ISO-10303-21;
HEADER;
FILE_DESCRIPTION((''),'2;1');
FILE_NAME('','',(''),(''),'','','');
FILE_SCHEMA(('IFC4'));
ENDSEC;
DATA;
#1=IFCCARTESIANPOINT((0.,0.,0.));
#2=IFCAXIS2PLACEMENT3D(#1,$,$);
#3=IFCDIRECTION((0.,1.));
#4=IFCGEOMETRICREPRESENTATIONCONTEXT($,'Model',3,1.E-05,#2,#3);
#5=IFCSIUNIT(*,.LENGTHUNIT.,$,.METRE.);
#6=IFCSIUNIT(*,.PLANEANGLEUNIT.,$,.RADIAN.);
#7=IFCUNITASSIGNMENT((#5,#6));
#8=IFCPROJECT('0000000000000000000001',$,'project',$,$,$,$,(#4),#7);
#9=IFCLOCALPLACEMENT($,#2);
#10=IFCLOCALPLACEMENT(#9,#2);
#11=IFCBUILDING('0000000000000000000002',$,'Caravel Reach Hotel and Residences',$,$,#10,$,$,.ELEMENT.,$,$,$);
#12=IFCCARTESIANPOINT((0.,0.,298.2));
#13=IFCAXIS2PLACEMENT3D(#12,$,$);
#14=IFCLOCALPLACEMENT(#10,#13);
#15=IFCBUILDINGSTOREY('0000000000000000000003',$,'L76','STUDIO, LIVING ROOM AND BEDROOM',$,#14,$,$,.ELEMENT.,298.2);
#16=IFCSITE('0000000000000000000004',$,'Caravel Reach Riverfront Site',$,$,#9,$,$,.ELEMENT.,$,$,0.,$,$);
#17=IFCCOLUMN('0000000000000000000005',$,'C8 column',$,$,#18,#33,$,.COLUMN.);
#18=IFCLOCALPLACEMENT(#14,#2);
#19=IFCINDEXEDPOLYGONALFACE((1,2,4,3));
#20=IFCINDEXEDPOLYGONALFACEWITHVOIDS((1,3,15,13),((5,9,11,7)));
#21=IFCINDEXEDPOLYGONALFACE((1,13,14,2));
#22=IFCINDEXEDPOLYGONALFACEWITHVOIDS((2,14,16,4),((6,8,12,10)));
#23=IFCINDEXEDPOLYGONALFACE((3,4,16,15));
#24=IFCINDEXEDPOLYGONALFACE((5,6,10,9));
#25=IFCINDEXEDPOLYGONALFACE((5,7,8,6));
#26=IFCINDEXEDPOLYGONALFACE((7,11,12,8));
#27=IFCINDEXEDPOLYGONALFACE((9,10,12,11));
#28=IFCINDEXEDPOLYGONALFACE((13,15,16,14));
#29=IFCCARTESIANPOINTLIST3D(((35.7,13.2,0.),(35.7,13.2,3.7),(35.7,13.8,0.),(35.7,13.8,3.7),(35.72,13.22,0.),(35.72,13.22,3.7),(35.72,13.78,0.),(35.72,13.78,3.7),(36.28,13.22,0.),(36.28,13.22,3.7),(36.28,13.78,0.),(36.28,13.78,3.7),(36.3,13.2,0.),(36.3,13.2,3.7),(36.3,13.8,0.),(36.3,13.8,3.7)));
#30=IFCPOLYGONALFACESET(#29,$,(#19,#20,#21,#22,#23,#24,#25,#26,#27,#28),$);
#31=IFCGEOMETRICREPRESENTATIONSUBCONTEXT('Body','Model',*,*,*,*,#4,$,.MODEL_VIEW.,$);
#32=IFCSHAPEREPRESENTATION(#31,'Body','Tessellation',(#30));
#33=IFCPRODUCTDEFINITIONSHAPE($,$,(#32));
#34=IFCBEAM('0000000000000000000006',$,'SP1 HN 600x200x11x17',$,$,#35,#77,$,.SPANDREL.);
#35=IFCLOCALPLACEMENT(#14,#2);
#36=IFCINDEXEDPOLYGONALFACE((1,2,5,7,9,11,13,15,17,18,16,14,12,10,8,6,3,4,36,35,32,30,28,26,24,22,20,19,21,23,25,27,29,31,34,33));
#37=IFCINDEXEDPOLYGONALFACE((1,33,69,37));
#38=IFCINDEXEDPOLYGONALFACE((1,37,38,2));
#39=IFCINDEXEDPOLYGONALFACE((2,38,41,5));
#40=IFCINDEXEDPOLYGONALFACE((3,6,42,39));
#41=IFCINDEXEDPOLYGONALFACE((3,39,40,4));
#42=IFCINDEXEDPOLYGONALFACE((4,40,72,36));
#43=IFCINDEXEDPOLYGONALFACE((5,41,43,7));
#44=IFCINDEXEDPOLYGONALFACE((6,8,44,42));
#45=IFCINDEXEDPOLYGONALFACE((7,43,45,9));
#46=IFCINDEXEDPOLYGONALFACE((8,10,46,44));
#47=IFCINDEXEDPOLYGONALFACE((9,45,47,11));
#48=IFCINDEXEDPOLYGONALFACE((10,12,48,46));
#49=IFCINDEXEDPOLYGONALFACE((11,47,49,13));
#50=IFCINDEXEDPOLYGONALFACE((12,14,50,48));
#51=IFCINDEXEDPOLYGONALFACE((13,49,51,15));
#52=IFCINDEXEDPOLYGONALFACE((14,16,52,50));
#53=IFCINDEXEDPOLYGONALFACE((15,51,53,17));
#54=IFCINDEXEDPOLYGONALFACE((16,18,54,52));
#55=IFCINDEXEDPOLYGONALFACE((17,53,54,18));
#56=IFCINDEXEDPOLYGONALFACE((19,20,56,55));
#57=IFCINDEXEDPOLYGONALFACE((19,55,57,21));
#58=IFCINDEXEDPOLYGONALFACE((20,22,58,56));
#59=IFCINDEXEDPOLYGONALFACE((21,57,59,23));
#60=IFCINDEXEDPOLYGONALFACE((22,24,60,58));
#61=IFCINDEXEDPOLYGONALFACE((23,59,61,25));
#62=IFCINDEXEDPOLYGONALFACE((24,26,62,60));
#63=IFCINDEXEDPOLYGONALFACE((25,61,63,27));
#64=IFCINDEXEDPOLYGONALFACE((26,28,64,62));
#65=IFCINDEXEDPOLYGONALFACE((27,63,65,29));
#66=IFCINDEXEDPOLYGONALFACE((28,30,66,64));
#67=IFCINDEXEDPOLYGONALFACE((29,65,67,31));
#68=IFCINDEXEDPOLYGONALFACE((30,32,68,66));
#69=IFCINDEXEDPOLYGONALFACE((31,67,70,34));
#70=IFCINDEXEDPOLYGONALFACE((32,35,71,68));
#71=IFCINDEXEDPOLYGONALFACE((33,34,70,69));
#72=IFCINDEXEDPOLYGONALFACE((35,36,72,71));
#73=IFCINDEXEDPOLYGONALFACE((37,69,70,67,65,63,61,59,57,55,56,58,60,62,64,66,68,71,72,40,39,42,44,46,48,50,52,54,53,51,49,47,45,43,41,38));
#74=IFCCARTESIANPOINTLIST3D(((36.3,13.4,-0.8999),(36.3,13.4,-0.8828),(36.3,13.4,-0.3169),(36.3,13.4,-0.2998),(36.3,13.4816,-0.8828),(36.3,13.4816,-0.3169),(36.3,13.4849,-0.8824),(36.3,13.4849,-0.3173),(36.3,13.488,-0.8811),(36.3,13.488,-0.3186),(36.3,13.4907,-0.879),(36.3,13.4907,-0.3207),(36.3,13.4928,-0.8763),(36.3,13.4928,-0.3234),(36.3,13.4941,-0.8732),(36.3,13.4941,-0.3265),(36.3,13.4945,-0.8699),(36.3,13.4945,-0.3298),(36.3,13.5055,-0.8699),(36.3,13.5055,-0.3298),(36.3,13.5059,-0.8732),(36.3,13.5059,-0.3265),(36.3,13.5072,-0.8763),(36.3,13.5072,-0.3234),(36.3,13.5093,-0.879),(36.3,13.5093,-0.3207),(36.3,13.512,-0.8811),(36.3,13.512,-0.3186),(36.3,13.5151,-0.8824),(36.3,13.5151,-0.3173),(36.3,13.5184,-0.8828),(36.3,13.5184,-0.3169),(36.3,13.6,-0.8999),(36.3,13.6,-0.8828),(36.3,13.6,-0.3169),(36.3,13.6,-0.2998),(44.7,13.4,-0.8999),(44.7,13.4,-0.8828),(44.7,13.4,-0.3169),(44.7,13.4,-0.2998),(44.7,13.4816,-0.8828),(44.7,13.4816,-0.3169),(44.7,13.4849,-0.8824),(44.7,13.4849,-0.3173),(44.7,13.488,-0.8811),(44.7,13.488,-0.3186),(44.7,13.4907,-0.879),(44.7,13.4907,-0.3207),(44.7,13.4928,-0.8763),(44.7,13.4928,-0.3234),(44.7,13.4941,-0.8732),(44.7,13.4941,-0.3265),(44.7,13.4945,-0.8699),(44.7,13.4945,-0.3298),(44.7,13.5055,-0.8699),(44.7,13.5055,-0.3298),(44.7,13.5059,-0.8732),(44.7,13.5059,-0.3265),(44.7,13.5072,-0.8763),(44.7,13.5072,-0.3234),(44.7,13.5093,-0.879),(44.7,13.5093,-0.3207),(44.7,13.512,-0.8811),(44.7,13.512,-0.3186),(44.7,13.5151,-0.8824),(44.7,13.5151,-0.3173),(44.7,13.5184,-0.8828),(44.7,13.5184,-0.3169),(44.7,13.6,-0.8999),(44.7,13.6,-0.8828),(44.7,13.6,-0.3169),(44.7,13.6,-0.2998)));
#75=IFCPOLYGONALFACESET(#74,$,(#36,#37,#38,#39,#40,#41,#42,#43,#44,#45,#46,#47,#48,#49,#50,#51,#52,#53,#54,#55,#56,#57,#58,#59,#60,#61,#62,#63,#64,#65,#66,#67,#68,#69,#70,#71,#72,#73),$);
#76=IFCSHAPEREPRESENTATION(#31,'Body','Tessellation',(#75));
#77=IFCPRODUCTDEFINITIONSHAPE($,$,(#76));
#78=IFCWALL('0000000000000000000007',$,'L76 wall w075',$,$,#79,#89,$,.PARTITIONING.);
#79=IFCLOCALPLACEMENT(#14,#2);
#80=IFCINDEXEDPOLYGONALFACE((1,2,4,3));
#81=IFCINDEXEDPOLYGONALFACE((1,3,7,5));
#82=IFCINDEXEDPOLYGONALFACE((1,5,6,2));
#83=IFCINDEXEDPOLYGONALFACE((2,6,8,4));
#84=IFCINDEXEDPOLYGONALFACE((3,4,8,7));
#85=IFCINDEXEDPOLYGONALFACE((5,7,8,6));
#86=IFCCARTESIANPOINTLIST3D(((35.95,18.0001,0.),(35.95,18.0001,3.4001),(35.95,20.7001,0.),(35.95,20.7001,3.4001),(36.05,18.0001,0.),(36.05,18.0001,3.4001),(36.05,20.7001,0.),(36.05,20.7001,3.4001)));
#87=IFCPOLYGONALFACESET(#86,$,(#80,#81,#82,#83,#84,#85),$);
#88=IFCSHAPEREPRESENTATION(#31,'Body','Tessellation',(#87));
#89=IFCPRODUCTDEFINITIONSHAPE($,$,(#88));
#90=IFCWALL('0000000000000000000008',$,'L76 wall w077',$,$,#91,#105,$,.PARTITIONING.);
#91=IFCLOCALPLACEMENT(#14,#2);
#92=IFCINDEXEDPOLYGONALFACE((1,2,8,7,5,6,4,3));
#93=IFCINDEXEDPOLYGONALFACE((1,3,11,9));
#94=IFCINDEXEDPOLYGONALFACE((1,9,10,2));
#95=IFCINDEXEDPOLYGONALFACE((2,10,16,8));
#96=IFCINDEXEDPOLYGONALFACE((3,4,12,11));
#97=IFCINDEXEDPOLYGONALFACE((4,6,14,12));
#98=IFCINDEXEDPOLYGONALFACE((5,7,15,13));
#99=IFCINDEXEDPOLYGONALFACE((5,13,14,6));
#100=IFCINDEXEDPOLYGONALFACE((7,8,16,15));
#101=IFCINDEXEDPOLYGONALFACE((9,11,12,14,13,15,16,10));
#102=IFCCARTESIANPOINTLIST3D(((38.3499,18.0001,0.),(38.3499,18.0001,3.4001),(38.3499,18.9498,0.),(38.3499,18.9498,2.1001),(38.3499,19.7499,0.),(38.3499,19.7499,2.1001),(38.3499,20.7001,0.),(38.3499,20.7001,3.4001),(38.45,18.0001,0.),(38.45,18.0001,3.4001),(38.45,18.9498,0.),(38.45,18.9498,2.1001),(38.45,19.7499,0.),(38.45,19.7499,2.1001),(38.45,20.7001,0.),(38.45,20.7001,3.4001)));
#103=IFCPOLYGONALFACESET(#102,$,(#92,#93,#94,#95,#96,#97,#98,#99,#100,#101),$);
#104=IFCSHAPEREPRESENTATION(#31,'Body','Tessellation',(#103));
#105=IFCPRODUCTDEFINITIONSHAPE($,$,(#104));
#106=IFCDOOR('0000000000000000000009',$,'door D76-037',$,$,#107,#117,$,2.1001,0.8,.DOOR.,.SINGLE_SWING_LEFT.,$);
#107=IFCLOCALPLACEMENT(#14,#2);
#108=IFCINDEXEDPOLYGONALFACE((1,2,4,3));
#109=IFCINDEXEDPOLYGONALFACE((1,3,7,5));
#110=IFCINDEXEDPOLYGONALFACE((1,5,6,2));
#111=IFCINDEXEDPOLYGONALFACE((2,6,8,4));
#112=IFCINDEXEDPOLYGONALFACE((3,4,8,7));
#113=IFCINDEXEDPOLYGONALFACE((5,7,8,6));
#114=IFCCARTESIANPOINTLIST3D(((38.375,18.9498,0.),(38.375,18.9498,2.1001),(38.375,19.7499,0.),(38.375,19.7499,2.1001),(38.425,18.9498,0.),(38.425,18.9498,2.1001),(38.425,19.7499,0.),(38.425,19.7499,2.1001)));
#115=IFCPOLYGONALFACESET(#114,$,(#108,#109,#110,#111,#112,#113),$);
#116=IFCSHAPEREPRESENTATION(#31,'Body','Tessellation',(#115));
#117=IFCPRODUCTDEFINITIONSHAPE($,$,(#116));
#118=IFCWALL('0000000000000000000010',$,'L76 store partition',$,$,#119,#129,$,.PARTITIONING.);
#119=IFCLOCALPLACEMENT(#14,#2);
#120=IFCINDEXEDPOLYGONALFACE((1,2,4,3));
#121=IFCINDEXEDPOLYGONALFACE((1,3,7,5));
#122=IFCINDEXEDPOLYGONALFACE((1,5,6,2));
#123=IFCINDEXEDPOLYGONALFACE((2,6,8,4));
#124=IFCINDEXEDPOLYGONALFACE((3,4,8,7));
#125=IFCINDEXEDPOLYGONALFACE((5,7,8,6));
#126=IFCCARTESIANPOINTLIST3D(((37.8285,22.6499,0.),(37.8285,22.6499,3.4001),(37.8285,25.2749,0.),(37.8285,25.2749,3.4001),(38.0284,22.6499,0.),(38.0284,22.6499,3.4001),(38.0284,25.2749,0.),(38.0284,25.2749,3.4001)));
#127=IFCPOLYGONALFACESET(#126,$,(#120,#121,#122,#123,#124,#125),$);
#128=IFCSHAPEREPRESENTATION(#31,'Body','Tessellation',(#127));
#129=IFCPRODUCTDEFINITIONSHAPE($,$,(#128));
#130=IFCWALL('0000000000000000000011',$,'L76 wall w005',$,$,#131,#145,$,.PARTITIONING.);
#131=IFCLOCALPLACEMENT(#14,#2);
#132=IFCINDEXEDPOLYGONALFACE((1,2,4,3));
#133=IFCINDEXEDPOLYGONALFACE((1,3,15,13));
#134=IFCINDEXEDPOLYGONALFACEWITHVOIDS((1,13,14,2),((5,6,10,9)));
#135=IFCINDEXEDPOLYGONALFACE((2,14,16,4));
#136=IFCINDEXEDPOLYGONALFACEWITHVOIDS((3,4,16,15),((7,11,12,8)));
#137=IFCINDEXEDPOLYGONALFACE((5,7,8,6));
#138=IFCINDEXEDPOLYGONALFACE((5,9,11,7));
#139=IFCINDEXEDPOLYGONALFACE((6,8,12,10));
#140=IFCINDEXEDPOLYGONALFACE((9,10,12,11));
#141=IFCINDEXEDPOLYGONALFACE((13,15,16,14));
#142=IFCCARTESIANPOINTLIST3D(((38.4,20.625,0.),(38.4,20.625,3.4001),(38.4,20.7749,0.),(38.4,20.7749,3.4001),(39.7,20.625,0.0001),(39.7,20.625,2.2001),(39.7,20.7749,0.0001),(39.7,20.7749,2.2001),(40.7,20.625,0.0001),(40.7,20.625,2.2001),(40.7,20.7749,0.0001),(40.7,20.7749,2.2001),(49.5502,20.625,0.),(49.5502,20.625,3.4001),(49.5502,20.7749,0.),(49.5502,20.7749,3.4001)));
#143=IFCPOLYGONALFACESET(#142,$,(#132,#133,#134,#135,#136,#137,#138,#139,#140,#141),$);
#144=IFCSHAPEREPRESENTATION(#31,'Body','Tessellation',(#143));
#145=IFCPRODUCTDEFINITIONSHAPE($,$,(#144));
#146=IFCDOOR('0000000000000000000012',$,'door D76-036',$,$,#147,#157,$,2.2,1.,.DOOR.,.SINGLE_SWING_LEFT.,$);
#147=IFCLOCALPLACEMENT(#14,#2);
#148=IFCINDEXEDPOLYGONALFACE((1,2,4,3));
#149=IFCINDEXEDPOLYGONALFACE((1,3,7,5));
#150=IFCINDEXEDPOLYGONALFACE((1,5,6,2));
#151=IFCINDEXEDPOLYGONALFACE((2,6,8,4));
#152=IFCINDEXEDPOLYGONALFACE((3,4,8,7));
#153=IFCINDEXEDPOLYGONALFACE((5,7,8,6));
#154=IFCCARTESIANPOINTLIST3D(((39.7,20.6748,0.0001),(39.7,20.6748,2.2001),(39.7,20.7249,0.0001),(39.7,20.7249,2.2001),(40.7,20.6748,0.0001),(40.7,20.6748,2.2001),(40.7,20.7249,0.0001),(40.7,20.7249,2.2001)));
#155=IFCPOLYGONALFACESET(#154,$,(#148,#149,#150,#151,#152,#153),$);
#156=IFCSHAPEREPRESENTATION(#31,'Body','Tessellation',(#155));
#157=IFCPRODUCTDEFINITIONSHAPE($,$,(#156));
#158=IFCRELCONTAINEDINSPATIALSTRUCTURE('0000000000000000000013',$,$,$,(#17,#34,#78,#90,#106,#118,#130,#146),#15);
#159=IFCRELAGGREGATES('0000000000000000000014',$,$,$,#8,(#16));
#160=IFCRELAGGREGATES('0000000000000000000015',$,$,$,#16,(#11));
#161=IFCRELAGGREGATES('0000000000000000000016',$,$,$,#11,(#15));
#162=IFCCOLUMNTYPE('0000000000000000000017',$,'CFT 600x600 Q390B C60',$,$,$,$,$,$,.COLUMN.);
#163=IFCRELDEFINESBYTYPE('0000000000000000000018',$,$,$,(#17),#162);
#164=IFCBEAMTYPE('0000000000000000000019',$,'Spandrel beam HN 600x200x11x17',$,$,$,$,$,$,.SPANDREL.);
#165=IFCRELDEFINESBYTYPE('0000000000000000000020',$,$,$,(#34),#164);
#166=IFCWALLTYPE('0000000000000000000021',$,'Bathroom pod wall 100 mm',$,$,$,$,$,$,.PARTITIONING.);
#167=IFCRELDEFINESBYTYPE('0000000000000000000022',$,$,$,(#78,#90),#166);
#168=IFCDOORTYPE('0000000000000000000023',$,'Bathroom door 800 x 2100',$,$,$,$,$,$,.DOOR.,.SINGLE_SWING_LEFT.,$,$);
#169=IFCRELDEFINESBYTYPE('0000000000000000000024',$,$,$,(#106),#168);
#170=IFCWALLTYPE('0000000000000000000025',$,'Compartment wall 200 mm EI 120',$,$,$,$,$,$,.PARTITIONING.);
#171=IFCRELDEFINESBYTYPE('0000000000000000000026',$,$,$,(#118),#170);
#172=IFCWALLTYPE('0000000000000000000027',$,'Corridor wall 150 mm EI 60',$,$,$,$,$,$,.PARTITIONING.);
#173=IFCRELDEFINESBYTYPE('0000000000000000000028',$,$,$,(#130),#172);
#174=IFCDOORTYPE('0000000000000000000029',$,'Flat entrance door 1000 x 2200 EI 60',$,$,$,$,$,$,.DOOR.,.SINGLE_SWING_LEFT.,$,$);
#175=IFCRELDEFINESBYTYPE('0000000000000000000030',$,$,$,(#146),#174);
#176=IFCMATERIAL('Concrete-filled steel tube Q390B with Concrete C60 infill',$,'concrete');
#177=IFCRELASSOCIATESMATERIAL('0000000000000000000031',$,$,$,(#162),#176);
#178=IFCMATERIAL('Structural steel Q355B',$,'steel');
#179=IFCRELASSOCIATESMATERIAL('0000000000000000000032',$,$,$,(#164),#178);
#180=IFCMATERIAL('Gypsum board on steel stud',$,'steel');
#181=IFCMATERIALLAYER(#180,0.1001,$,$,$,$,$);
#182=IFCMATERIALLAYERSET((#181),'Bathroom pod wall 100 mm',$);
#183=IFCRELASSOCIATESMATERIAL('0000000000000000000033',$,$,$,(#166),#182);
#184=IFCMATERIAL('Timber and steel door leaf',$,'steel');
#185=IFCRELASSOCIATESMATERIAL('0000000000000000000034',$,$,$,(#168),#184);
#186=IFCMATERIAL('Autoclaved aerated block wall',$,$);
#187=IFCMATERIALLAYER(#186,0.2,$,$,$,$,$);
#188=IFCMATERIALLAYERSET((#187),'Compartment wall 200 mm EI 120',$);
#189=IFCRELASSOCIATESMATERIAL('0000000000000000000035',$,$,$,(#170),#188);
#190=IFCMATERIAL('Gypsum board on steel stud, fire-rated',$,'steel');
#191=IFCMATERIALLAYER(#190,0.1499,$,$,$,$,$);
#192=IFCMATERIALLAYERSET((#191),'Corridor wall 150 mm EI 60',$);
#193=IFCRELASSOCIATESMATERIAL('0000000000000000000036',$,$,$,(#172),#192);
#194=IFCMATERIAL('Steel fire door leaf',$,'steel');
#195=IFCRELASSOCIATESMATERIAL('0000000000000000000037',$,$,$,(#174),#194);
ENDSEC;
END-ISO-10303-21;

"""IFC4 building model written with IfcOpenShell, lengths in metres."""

from ifc_helpers import new_model, si_unit, direction, frame, frame_2d, origin, origin_2d, place, context, subcontext, project, spatial, rectangle, hollow_rectangle, i_section, extrude, material, layer, layer_set, material_profile, profile_set, type_object, element, fill, save


model = new_model("IFC4")

# Units and contexts
model_context = context("Model", 3, precision=1e-05, world=origin(), true_north=direction((0.0, 1.0)))
body_context = subcontext(model_context, "Body", "Model", "MODEL_VIEW")
ifc_project = project(units=[si_unit("LENGTHUNIT", "METRE"), si_unit("PLANEANGLEUNIT", "RADIAN")], contexts=[model_context])

# Site, building, storey
site_placement = place(None, origin())
site = spatial("IfcSite", under=ifc_project, at=site_placement, Name="Caravel Reach Riverfront Site", CompositionType="ELEMENT", RefElevation=0.0)
building_placement = place(site_placement, origin())
building = spatial("IfcBuilding", under=site, at=building_placement, Name="Caravel Reach Hotel and Residences", CompositionType="ELEMENT")
storey_placement = place(building_placement, frame((0.0, 0.0, 298.2)))
storey = spatial("IfcBuildingStorey", under=building, at=storey_placement, Name="L76", Description="STUDIO, LIVING ROOM AND BEDROOM", CompositionType="ELEMENT", Elevation=298.2)

# Column
ifc_material_1 = material(Name="Concrete-filled steel tube Q390B with Concrete C60 infill", Category="concrete")
ifc_material_profile_1 = material_profile(ifc_material_1, hollow_rectangle(XDim=0.6001, YDim=0.6001, WallThickness=0.02, at=origin_2d()), Name="RHS 600x600x20")
ifc_profile_set_1 = profile_set([ifc_material_profile_1], Name="Concrete-filled steel tube Q390B with Concrete C60 infill")
column_type = type_object("IfcColumnType", Name="CFT 600x600 Q390B C60", PredefinedType="COLUMN", material=ifc_profile_set_1)
column_placement = place(storey_placement, frame((36.0, 13.5, 0.0), z_axis=(0.0, 0.0, 1.0), x_axis=(1.0, 0.0, 0.0)))
element("IfcColumn", 1, at=column_placement, inside=storey, type_object=column_type, Name="C8 column", PredefinedType="COLUMN", context=body_context, shape_type="SweptSolid", body=[
    extrude(hollow_rectangle(XDim=0.6001, YDim=0.6001, WallThickness=0.02, at=origin_2d()), origin(), (0.0, 0.0, 1.0), 3.7),
])

# Beam
ifc_material_2 = material(Name="Structural steel Q355B", Category="steel")
ifc_material_profile_2 = material_profile(ifc_material_2, i_section(OverallWidth=0.2, OverallDepth=0.6001, WebThickness=0.011, FlangeThickness=0.0171, FilletRadius=0.0129, at=origin_2d()), Name="HN 600x200x11x17")
ifc_profile_set_2 = profile_set([ifc_material_profile_2], Name="Structural steel Q355B")
beam_type = type_object("IfcBeamType", Name="Spandrel beam HN 600x200x11x17", PredefinedType="SPANDREL", material=ifc_profile_set_2)
beam_placement = place(storey_placement, frame((36.3, 13.5, -0.5999), z_axis=(1.0, 0.0, 0.0), x_axis=(0.0, 1.0, 0.0)))
element("IfcBeam", 2, at=beam_placement, inside=storey, type_object=beam_type, Name="SP1 HN 600x200x11x17", PredefinedType="SPANDREL", context=body_context, shape_type="SweptSolid", body=[
    extrude(i_section(OverallWidth=0.2, OverallDepth=0.6001, WebThickness=0.011, FlangeThickness=0.0171, FilletRadius=0.0129, at=origin_2d()), origin(), (0.0, 0.0, 1.0), 8.3999),
])

# Wall
ifc_material_3 = material(Name="Gypsum board on steel stud", Category="steel")
ifc_layer_1 = layer(ifc_material_3, 0.1001)
ifc_layer_set_1 = layer_set([ifc_layer_1], Name="Bathroom pod wall 100 mm")
wall_type_1 = type_object("IfcWallType", Name="Bathroom pod wall 100 mm", PredefinedType="PARTITIONING", material=ifc_layer_set_1)
wall_1_placement = place(storey_placement, frame((36.0, 18.0, 0.0), z_axis=(0.0, 0.0, 1.0), x_axis=(0.0, 1.0, 0.0)))
element("IfcWall", 3, at=wall_1_placement, inside=storey, type_object=wall_type_1, Name="L76 wall w075", PredefinedType="PARTITIONING", context=body_context, shape_type="SweptSolid", body=[
    extrude(rectangle(XDim=2.7, YDim=0.1001, at=frame_2d((1.3501, 0.0))), origin(), (0.0, 0.0, 1.0), 3.4001),
])

# Wall, opening, door
wall_2_placement = place(storey_placement, frame((38.3999, 18.0, 0.0), z_axis=(0.0, 0.0, 1.0), x_axis=(0.0, 1.0, 0.0)))
wall_2 = element("IfcWall", 4, at=wall_2_placement, inside=storey, type_object=wall_type_1, Name="L76 wall w077", PredefinedType="PARTITIONING", context=body_context, shape_type="SweptSolid", body=[
    extrude(rectangle(XDim=2.7, YDim=0.1001, at=frame_2d((1.3501, 0.0))), origin(), (0.0, 0.0, 1.0), 3.4001),
])
opening_1_placement = place(wall_2_placement, frame((0.95, 0.0, 0.0)))
opening_1 = element("IfcOpeningElement", 5, at=opening_1_placement, cuts=wall_2, PredefinedType="OPENING", context=body_context, shape_type="SweptSolid", body=[
    extrude(rectangle(XDim=0.8, YDim=2.1001, at=frame_2d((0.3999, 1.05))), frame((0.0, 0.0601, 0.0), z_axis=(0.0, -1.0, 0.0), x_axis=(1.0, 0.0, 0.0)), (0.0, 0.0, 1.0), 0.1201),
])
ifc_material_4 = material(Name="Timber and steel door leaf", Category="steel")
door_type_1 = type_object("IfcDoorType", Name="Bathroom door 800 x 2100", OperationType="SINGLE_SWING_LEFT", PredefinedType="DOOR", material=ifc_material_4)
door_1_placement = place(opening_1_placement, origin())
door_1 = element("IfcDoor", 6, at=door_1_placement, inside=storey, type_object=door_type_1, Name="door D76-037", OperationType="SINGLE_SWING_LEFT", OverallHeight=2.1001, OverallWidth=0.8, PredefinedType="DOOR", context=body_context, shape_type="SweptSolid", body=[
    extrude(rectangle(XDim=0.8, YDim=2.1001, at=frame_2d((0.3999, 1.05))), frame((0.0, 0.0249, 0.0), z_axis=(0.0, -1.0, 0.0), x_axis=(1.0, 0.0, 0.0)), (0.0, 0.0, 1.0), 0.05),
])
fill(opening_1, door_1)

# Wall
ifc_material_5 = material(Name="Autoclaved aerated block wall")
ifc_layer_2 = layer(ifc_material_5, 0.2)
ifc_layer_set_2 = layer_set([ifc_layer_2], Name="Compartment wall 200 mm EI 120")
wall_type_2 = type_object("IfcWallType", Name="Compartment wall 200 mm EI 120", PredefinedType="PARTITIONING", material=ifc_layer_set_2)
wall_3_placement = place(storey_placement, frame((37.9285, 22.6499, 0.0), z_axis=(0.0, 0.0, 1.0), x_axis=(0.0, 1.0, 0.0)))
element("IfcWall", 7, at=wall_3_placement, inside=storey, type_object=wall_type_2, Name="L76 store partition", PredefinedType="PARTITIONING", context=body_context, shape_type="SweptSolid", body=[
    extrude(rectangle(XDim=2.625, YDim=0.2, at=frame_2d((1.3125, 0.0))), origin(), (0.0, 0.0, 1.0), 3.4001),
])

# Wall, opening, door
ifc_material_6 = material(Name="Gypsum board on steel stud, fire-rated", Category="steel")
ifc_layer_3 = layer(ifc_material_6, 0.1499)
ifc_layer_set_3 = layer_set([ifc_layer_3], Name="Corridor wall 150 mm EI 60")
wall_type_3 = type_object("IfcWallType", Name="Corridor wall 150 mm EI 60", PredefinedType="PARTITIONING", material=ifc_layer_set_3)
wall_4_placement = place(storey_placement, frame((38.3999, 20.7, 0.0), z_axis=(0.0, 0.0, 1.0), x_axis=(1.0, 0.0, 0.0)))
wall_4 = element("IfcWall", 8, at=wall_4_placement, inside=storey, type_object=wall_type_3, Name="L76 wall w005", PredefinedType="PARTITIONING", context=body_context, shape_type="SweptSolid", body=[
    extrude(rectangle(XDim=11.1501, YDim=0.1499, at=frame_2d((5.5752, 0.0))), origin(), (0.0, 0.0, 1.0), 3.4001),
])
opening_2_placement = place(wall_4_placement, frame((1.3, 0.0, 0.0)))
opening_2 = element("IfcOpeningElement", 9, at=opening_2_placement, cuts=wall_4, PredefinedType="OPENING", context=body_context, shape_type="SweptSolid", body=[
    extrude(rectangle(XDim=1.0, YDim=2.2, at=frame_2d((0.5, 1.1001))), frame((0.0, 0.085, 0.0), z_axis=(0.0, -1.0, 0.0), x_axis=(1.0, 0.0, 0.0)), (0.0, 0.0, 1.0), 0.1699),
])
ifc_material_7 = material(Name="Steel fire door leaf", Category="steel")
door_type_2 = type_object("IfcDoorType", Name="Flat entrance door 1000 x 2200 EI 60", OperationType="SINGLE_SWING_LEFT", PredefinedType="DOOR", material=ifc_material_7)
door_2_placement = place(opening_2_placement, origin())
door_2 = element("IfcDoor", 10, at=door_2_placement, inside=storey, type_object=door_type_2, Name="door D76-036", OperationType="SINGLE_SWING_LEFT", OverallHeight=2.2, OverallWidth=1.0, PredefinedType="DOOR", context=body_context, shape_type="SweptSolid", body=[
    extrude(rectangle(XDim=1.0, YDim=2.2, at=frame_2d((0.5, 1.1001))), frame((0.0, 0.0249, 0.0), z_axis=(0.0, -1.0, 0.0), x_axis=(1.0, 0.0, 0.0)), (0.0, 0.0, 1.0), 0.05),
])
fill(opening_2, door_2)

save(model, "model.ifc")
